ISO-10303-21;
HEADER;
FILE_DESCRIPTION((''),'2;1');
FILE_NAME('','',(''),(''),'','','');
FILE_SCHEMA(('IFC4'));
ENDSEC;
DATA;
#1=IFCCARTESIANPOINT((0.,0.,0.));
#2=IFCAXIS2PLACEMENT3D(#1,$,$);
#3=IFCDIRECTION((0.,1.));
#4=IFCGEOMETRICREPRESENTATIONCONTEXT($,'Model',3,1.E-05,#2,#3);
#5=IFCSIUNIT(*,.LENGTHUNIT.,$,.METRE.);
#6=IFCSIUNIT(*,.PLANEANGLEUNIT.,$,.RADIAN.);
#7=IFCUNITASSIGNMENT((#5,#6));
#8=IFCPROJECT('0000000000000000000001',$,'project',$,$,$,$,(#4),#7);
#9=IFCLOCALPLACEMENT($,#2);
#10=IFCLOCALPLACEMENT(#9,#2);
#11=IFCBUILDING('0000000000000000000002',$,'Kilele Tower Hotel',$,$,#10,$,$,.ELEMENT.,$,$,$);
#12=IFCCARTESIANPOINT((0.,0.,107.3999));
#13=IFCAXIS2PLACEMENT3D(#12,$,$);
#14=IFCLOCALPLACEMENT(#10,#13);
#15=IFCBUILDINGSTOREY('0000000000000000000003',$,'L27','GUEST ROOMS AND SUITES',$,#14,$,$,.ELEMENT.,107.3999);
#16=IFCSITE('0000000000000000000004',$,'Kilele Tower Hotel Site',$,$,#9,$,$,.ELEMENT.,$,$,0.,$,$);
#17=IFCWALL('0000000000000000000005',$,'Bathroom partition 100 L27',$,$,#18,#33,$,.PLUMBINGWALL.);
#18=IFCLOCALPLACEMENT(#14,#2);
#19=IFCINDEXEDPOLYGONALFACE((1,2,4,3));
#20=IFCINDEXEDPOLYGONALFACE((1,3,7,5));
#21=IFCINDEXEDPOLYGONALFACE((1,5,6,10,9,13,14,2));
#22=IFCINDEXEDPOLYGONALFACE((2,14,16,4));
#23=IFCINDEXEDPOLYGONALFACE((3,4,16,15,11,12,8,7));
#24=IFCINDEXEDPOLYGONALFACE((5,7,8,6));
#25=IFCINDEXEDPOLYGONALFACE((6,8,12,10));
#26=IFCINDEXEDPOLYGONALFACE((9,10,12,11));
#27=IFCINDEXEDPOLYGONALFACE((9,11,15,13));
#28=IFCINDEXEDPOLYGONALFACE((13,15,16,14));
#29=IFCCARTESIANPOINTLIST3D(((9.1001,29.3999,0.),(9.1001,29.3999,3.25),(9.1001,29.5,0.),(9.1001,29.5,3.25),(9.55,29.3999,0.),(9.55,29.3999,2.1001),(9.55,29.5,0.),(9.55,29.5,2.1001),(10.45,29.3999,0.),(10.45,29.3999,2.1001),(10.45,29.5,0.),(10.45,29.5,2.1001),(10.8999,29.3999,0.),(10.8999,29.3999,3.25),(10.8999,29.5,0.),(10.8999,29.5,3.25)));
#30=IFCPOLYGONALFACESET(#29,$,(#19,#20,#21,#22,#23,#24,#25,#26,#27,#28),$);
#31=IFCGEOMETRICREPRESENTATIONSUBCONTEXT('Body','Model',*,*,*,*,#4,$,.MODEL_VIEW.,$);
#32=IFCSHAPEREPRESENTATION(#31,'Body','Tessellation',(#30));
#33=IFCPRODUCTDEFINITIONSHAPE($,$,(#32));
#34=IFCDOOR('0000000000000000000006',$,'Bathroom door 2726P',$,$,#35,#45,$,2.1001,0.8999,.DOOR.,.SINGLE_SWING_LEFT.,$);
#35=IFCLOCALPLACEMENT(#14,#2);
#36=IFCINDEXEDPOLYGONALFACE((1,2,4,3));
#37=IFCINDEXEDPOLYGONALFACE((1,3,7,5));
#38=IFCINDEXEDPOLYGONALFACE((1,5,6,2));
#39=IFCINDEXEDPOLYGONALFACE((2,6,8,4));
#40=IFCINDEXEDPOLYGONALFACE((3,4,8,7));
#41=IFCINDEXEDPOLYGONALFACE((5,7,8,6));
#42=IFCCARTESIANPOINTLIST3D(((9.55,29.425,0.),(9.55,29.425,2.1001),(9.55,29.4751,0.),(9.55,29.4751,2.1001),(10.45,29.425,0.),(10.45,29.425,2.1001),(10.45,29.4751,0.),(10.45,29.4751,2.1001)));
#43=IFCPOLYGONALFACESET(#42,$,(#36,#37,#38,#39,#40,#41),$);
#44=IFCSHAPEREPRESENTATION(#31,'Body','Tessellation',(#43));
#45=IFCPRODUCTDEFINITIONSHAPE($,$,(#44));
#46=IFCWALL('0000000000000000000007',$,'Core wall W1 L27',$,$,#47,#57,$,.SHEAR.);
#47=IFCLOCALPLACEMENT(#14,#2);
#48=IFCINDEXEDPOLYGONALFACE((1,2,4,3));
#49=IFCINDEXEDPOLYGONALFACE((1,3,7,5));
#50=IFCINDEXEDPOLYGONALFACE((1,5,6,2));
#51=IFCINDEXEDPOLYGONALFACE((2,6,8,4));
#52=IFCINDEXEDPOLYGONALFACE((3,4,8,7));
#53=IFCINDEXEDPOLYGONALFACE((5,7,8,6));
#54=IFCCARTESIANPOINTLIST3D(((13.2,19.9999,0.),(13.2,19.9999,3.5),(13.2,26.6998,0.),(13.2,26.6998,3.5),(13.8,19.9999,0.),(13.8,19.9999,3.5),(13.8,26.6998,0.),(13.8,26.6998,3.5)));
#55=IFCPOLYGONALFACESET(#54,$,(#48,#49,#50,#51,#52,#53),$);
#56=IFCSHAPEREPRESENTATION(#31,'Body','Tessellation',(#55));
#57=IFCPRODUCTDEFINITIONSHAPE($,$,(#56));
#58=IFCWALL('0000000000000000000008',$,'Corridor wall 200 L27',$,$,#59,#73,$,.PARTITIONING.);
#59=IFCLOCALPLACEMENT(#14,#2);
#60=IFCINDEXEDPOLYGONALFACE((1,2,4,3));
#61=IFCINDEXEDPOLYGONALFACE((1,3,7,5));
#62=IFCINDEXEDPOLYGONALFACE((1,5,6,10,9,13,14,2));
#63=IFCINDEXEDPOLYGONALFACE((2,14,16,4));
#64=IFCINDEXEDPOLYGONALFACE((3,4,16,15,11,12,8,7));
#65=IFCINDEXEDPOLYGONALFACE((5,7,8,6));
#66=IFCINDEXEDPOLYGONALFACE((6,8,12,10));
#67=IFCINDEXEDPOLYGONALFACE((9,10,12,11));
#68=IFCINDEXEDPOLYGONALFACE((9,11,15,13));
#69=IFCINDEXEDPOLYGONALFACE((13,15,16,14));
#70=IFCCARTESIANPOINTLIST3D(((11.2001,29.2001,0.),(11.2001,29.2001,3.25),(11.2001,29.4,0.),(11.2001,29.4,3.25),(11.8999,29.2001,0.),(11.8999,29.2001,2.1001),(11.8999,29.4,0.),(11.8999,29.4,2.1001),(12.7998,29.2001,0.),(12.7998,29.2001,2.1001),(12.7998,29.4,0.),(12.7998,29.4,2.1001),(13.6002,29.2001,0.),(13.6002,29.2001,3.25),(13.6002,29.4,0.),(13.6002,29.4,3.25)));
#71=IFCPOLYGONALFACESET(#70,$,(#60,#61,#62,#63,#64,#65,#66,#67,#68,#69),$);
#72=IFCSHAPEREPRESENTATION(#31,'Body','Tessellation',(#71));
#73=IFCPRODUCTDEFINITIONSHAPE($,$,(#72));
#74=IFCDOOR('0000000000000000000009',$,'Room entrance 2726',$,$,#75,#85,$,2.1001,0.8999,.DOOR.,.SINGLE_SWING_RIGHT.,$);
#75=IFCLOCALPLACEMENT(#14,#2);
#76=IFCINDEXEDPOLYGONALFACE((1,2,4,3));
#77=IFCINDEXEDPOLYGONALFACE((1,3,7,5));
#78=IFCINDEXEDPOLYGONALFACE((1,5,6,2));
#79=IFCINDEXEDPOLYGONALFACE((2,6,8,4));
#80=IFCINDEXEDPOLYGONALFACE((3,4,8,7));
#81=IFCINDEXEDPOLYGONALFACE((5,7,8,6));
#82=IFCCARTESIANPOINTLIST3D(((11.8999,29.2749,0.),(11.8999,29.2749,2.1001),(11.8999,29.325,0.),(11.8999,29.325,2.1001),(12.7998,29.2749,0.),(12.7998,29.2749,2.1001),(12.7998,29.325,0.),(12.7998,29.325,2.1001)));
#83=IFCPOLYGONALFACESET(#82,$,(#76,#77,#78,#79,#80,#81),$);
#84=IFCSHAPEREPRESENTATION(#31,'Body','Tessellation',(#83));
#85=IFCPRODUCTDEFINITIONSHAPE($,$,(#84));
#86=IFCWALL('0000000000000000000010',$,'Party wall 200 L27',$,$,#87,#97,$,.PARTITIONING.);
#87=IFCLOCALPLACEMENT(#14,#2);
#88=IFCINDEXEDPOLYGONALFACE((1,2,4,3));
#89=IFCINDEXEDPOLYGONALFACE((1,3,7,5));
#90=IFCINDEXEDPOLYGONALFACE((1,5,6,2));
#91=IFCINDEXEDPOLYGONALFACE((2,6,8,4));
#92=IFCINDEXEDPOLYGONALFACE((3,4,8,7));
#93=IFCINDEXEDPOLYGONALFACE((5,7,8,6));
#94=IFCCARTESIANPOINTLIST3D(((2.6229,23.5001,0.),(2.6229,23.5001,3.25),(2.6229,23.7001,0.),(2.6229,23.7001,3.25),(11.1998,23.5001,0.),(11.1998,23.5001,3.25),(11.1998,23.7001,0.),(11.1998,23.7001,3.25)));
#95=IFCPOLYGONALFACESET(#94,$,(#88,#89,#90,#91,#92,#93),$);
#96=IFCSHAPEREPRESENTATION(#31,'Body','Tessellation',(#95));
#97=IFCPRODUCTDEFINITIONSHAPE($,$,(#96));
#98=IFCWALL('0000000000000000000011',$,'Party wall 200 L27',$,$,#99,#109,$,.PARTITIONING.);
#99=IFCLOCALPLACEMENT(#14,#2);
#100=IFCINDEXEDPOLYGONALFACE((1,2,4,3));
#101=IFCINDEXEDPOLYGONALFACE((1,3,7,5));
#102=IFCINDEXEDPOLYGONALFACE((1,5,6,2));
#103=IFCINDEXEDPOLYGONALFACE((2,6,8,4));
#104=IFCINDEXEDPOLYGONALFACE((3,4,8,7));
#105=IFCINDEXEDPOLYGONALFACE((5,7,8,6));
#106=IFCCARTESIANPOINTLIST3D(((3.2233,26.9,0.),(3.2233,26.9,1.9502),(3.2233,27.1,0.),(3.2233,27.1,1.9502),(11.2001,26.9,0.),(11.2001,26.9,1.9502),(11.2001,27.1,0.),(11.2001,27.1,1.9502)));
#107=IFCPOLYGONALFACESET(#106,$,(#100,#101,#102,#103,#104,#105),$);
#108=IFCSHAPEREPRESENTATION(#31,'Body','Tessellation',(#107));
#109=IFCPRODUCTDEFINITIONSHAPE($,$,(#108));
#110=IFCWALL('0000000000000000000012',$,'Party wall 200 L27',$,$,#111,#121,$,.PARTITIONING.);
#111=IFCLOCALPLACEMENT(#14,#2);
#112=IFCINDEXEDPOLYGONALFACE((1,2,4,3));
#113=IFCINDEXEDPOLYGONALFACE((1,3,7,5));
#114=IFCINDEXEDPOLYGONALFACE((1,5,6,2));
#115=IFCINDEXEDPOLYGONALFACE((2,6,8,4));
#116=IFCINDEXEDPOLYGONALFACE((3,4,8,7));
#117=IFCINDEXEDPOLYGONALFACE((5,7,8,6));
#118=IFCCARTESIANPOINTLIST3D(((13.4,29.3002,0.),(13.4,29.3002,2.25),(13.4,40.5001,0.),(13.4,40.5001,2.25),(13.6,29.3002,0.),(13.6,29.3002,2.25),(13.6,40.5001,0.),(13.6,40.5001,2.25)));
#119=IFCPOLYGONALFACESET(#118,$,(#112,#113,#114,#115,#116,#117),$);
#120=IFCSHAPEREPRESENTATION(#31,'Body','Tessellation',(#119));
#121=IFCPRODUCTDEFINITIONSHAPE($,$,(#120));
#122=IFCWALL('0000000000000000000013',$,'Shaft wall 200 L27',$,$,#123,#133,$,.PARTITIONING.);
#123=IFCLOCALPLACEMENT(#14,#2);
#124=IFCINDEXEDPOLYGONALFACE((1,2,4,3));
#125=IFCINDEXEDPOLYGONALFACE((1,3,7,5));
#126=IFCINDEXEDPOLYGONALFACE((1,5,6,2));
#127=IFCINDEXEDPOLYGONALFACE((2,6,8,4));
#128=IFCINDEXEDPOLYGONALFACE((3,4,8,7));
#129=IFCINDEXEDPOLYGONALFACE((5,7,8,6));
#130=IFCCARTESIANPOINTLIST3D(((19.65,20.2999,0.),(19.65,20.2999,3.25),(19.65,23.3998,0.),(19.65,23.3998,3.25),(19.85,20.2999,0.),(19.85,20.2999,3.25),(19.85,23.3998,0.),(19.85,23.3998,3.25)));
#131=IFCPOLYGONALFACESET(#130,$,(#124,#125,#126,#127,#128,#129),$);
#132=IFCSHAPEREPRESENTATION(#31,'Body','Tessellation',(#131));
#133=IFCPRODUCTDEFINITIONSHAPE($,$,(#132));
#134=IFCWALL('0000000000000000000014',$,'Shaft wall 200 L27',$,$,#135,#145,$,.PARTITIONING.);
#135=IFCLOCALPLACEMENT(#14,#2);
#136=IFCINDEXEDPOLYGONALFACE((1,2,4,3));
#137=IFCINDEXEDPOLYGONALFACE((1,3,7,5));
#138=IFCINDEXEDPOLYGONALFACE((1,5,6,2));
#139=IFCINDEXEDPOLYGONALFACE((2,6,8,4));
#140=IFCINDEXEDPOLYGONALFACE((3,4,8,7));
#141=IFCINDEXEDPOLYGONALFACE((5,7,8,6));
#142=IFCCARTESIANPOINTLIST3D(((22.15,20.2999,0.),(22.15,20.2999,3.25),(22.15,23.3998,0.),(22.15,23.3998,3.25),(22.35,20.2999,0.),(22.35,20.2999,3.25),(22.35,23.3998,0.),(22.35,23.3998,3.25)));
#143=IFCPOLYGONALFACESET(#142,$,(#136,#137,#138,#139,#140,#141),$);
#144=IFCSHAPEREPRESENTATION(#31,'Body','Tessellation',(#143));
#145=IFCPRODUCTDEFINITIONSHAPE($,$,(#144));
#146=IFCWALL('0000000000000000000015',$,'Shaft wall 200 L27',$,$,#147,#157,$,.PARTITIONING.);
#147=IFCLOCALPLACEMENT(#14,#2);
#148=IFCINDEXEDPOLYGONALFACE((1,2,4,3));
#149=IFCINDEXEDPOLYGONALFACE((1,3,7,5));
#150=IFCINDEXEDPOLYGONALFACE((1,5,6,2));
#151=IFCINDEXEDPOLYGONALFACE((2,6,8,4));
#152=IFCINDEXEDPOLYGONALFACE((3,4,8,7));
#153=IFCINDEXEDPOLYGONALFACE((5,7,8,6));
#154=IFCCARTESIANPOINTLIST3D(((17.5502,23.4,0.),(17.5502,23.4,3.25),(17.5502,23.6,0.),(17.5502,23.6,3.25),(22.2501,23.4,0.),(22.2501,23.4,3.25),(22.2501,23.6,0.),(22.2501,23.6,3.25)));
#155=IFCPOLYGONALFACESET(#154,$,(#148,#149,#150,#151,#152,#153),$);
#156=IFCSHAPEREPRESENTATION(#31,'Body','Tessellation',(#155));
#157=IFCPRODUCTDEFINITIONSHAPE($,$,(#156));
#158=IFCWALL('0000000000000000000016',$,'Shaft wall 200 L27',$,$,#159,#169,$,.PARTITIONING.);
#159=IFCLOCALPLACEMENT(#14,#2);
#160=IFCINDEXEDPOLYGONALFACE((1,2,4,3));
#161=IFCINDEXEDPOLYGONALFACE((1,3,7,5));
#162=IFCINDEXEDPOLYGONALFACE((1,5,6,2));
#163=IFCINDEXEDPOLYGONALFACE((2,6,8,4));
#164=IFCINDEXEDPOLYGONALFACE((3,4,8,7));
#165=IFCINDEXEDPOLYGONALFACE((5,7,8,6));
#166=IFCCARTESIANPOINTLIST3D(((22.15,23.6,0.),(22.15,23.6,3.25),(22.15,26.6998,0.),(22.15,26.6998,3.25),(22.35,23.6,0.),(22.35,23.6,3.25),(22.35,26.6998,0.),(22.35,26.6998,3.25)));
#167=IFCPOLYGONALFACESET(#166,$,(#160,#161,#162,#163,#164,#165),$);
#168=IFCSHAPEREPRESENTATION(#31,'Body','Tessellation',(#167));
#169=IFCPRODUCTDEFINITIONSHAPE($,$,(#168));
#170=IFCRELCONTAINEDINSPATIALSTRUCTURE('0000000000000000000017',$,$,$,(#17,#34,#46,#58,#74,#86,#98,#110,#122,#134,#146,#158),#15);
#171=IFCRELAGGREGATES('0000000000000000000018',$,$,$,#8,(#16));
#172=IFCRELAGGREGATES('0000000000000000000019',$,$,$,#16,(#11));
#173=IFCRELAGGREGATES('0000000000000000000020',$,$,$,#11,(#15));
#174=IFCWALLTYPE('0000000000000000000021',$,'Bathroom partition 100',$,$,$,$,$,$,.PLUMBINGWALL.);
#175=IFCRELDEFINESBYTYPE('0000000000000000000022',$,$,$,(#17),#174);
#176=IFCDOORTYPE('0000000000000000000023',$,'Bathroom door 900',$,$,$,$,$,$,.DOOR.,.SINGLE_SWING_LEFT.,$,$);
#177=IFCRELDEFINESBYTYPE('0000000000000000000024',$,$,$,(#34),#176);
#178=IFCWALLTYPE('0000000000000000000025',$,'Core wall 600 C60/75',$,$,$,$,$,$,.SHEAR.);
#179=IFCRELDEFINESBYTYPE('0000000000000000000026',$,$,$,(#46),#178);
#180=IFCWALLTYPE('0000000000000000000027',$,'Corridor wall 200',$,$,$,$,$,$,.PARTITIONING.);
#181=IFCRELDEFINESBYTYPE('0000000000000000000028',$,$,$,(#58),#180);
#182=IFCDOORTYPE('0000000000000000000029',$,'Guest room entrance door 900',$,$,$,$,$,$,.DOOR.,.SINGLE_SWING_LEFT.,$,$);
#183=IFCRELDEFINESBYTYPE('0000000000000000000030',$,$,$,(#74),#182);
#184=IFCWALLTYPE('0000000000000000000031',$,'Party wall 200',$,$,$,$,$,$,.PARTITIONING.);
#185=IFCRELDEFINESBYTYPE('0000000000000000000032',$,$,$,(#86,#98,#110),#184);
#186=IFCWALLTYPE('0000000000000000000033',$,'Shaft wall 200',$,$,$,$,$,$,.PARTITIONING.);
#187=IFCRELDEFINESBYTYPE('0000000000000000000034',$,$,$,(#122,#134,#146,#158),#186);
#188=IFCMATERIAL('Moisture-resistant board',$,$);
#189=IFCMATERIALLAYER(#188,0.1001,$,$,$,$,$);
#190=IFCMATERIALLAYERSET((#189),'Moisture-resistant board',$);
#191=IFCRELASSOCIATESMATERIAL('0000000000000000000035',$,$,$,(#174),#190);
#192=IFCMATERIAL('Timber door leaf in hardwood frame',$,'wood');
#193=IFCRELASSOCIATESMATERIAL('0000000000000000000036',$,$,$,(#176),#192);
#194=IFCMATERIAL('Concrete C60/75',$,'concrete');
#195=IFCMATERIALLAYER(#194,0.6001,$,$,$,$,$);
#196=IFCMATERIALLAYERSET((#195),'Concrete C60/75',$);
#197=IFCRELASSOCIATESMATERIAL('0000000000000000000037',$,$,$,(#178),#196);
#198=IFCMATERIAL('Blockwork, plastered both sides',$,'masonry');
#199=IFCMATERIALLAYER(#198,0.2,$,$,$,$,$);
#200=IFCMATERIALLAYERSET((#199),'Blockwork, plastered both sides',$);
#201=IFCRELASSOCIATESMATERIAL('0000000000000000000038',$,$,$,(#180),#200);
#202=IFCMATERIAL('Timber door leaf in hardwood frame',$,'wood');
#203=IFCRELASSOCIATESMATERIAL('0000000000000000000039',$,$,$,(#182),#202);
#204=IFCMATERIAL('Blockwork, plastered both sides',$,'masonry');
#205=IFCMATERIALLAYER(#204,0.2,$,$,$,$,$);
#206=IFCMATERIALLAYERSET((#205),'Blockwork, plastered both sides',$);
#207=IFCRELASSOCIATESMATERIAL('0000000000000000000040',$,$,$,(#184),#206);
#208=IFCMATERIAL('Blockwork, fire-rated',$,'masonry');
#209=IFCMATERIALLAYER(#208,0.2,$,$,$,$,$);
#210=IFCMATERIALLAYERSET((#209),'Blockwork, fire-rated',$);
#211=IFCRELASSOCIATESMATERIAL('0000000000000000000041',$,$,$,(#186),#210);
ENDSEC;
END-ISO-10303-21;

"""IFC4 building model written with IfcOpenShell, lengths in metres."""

from ifc_helpers import new_model, si_unit, direction, frame, frame_2d, origin, place, context, subcontext, project, spatial, rectangle, extrude, material, layer, layer_set, type_object, element, fill, save


model = new_model("IFC4")

# Units and contexts
model_context = context("Model", 3, precision=1e-05, world=origin(), true_north=direction((0.0, 1.0)))
body_context = subcontext(model_context, "Body", "Model", "MODEL_VIEW")
ifc_project = project(units=[si_unit("LENGTHUNIT", "METRE"), si_unit("PLANEANGLEUNIT", "RADIAN")], contexts=[model_context])

# Site, building, storey
site_placement = place(None, origin())
site = spatial("IfcSite", under=ifc_project, at=site_placement, Name="Kilele Tower Hotel Site", CompositionType="ELEMENT", RefElevation=0.0)
building_placement = place(site_placement, origin())
building = spatial("IfcBuilding", under=site, at=building_placement, Name="Kilele Tower Hotel", CompositionType="ELEMENT")
storey_placement = place(building_placement, frame((0.0, 0.0, 107.3999)))
storey = spatial("IfcBuildingStorey", under=building, at=storey_placement, Name="L27", Description="GUEST ROOMS AND SUITES", CompositionType="ELEMENT", Elevation=107.3999)

# Shared definitions
ifc_material_1 = material(Name="Moisture-resistant board")
ifc_layer_1 = layer(ifc_material_1, 0.1001)
ifc_layer_set_1 = layer_set([ifc_layer_1], Name="Moisture-resistant board")
wall_type_1 = type_object("IfcWallType", Name="Bathroom partition 100", PredefinedType="PLUMBINGWALL", material=ifc_layer_set_1)

# Shared definitions
ifc_material_2 = material(Name="Timber door leaf in hardwood frame", Category="wood")
door_type_1 = type_object("IfcDoorType", Name="Bathroom door 900", OperationType="SINGLE_SWING_LEFT", PredefinedType="DOOR", material=ifc_material_2)

# Wall, opening, door
wall_1_placement = place(storey_placement, frame((10.8999, 29.45, 0.0), z_axis=(0.0, 0.0, 1.0), x_axis=(-1.0, 0.0, 0.0)))
wall_1 = element("IfcWall", 1, at=wall_1_placement, inside=storey, type_object=wall_type_1, Name="Bathroom partition 100 L27", PredefinedType="PLUMBINGWALL", context=body_context, shape_type="SweptSolid", body=[
    extrude(rectangle(XDim=1.7998, YDim=0.1001, at=frame_2d((0.8999, 0.0))), origin(), (0.0, 0.0, 1.0), 3.25),
])
opening_1_placement = place(wall_1_placement, frame((0.45, 0.0, 0.0)))
opening_1 = element("IfcOpeningElement", 2, at=opening_1_placement, cuts=wall_1, PredefinedType="OPENING", context=body_context, shape_type="SweptSolid", body=[
    extrude(rectangle(XDim=0.8999, YDim=2.1001, at=frame_2d((0.45, 1.05))), frame((0.0, 0.0601, 0.0), z_axis=(0.0, -1.0, 0.0), x_axis=(1.0, 0.0, 0.0)), (0.0, 0.0, 1.0), 0.1201),
])
door_1_placement = place(opening_1_placement, origin())
door_1 = element("IfcDoor", 3, at=door_1_placement, inside=storey, type_object=door_type_1, Name="Bathroom door 2726P", OperationType="SINGLE_SWING_LEFT", OverallHeight=2.1001, OverallWidth=0.8999, PredefinedType="DOOR", context=body_context, shape_type="SweptSolid", body=[
    extrude(rectangle(XDim=0.8999, YDim=2.1001, at=frame_2d((0.45, 1.05))), frame((0.0, 0.0249, 0.0), z_axis=(0.0, -1.0, 0.0), x_axis=(1.0, 0.0, 0.0)), (0.0, 0.0, 1.0), 0.05),
])
fill(opening_1, door_1)

# Wall
ifc_material_3 = material(Name="Concrete C60/75", Category="concrete")
ifc_layer_2 = layer(ifc_material_3, 0.6001)
ifc_layer_set_2 = layer_set([ifc_layer_2], Name="Concrete C60/75")
wall_type_2 = type_object("IfcWallType", Name="Core wall 600 C60/75", PredefinedType="SHEAR", material=ifc_layer_set_2)
wall_2_placement = place(storey_placement, frame((13.5, 26.7, 0.0), z_axis=(0.0, 0.0, 1.0), x_axis=(0.0, -1.0, 0.0)))
element("IfcWall", 4, at=wall_2_placement, inside=storey, type_object=wall_type_2, Name="Core wall W1 L27", PredefinedType="SHEAR", context=body_context, shape_type="SweptSolid", body=[
    extrude(rectangle(XDim=6.7, YDim=0.6001, at=frame_2d((3.3501, 0.0))), origin(), (0.0, 0.0, 1.0), 3.5),
])

# Wall, opening, door
ifc_material_4 = material(Name="Blockwork, plastered both sides", Category="masonry")
ifc_layer_3 = layer(ifc_material_4, 0.2)
ifc_layer_set_3 = layer_set([ifc_layer_3], Name="Blockwork, plastered both sides")
wall_type_3 = type_object("IfcWallType", Name="Corridor wall 200", PredefinedType="PARTITIONING", material=ifc_layer_set_3)
wall_3_placement = place(storey_placement, frame((11.2, 29.3, 0.0), z_axis=(0.0, 0.0, 1.0), x_axis=(1.0, 0.0, 0.0)))
wall_3 = element("IfcWall", 5, at=wall_3_placement, inside=storey, type_object=wall_type_3, Name="Corridor wall 200 L27", PredefinedType="PARTITIONING", context=body_context, shape_type="SweptSolid", body=[
    extrude(rectangle(XDim=2.4001, YDim=0.2, at=frame_2d((1.2002, 0.0))), origin(), (0.0, 0.0, 1.0), 3.25),
])
opening_2_placement = place(wall_3_placement, frame((0.7, 0.0, 0.0)))
opening_2 = element("IfcOpeningElement", 6, at=opening_2_placement, cuts=wall_3, PredefinedType="OPENING", context=body_context, shape_type="SweptSolid", body=[
    extrude(rectangle(XDim=0.8999, YDim=2.1001, at=frame_2d((0.45, 1.05))), frame((0.0, 0.1099, 0.0), z_axis=(0.0, -1.0, 0.0), x_axis=(1.0, 0.0, 0.0)), (0.0, 0.0, 1.0), 0.22),
])
ifc_material_5 = material(Name="Timber door leaf in hardwood frame", Category="wood")
door_type_2 = type_object("IfcDoorType", Name="Guest room entrance door 900", OperationType="SINGLE_SWING_LEFT", PredefinedType="DOOR", material=ifc_material_5)
door_2_placement = place(opening_2_placement, origin())
door_2 = element("IfcDoor", 7, at=door_2_placement, inside=storey, type_object=door_type_2, Name="Room entrance 2726", OperationType="SINGLE_SWING_RIGHT", OverallHeight=2.1001, OverallWidth=0.8999, PredefinedType="DOOR", context=body_context, shape_type="SweptSolid", body=[
    extrude(rectangle(XDim=0.8999, YDim=2.1001, at=frame_2d((0.45, 1.05))), frame((0.0, 0.0249, 0.0), z_axis=(0.0, -1.0, 0.0), x_axis=(1.0, 0.0, 0.0)), (0.0, 0.0, 1.0), 0.05),
])
fill(opening_2, door_2)

# Walls
ifc_material_6 = material(Name="Blockwork, plastered both sides", Category="masonry")
ifc_layer_4 = layer(ifc_material_6, 0.2)
ifc_layer_set_4 = layer_set([ifc_layer_4], Name="Blockwork, plastered both sides")
wall_type_4 = type_object("IfcWallType", Name="Party wall 200", PredefinedType="PARTITIONING", material=ifc_layer_set_4)
wall_4_placement = place(storey_placement, frame((11.2, 23.6001, 0.0), z_axis=(0.0, 0.0, 1.0), x_axis=(-1.0, 0.0, 0.0)))
element("IfcWall", 8, at=wall_4_placement, inside=storey, type_object=wall_type_4, Name="Party wall 200 L27", PredefinedType="PARTITIONING", context=body_context, shape_type="SweptSolid", body=[
    extrude(rectangle(XDim=8.5769, YDim=0.2, at=frame_2d((4.2886, 0.0))), origin(), (0.0, 0.0, 1.0), 3.25),
])
wall_5_placement = place(storey_placement, frame((11.2, 27.0, 0.0), z_axis=(0.0, 0.0, 1.0), x_axis=(-1.0, 0.0, 0.0)))
element("IfcWall", 9, at=wall_5_placement, inside=storey, type_object=wall_type_4, Name="Party wall 200 L27", PredefinedType="PARTITIONING", context=body_context, shape_type="SweptSolid", body=[
    extrude(rectangle(XDim=7.9768, YDim=0.2, at=frame_2d((3.9883, 0.0))), origin(), (0.0, 0.0, 1.0), 1.9502),
])
wall_6_placement = place(storey_placement, frame((13.5, 29.3, 0.0), z_axis=(0.0, 0.0, 1.0), x_axis=(0.0, 1.0, 0.0)))
element("IfcWall", 10, at=wall_6_placement, inside=storey, type_object=wall_type_4, Name="Party wall 200 L27", PredefinedType="PARTITIONING", context=body_context, shape_type="SweptSolid", body=[
    extrude(rectangle(XDim=11.2, YDim=0.2, at=frame_2d((5.6001, 0.0))), origin(), (0.0, 0.0, 1.0), 2.25),
])
ifc_material_7 = material(Name="Blockwork, fire-rated", Category="masonry")
ifc_layer_5 = layer(ifc_material_7, 0.2)
ifc_layer_set_5 = layer_set([ifc_layer_5], Name="Blockwork, fire-rated")
wall_type_5 = type_object("IfcWallType", Name="Shaft wall 200", PredefinedType="PARTITIONING", material=ifc_layer_set_5)
for number, where, z_axis, x_axis, name in (
    (11, (19.75, 20.3, 0.0), (0.0, 0.0, 1.0), (0.0, 1.0, 0.0), "Shaft wall 200 L27"),
    (12, (22.25, 20.3, 0.0), (0.0, 0.0, 1.0), (0.0, 1.0, 0.0), "Shaft wall 200 L27"),
):
    element("IfcWall", number, at=place(storey_placement, frame(where, z_axis=z_axis, x_axis=x_axis)), inside=storey, type_object=wall_type_5, Name=name, PredefinedType="PARTITIONING", context=body_context, shape_type="SweptSolid", body=[
        extrude(rectangle(XDim=3.0999, YDim=0.2, at=frame_2d((1.5498, 0.0))), origin(), (0.0, 0.0, 1.0), 3.25),
    ])
wall_7_placement = place(storey_placement, frame((17.55, 23.5, 0.0), z_axis=(0.0, 0.0, 1.0), x_axis=(1.0, 0.0, 0.0)))
element("IfcWall", 13, at=wall_7_placement, inside=storey, type_object=wall_type_5, Name="Shaft wall 200 L27", PredefinedType="PARTITIONING", context=body_context, shape_type="SweptSolid", body=[
    extrude(rectangle(XDim=4.7, YDim=0.2, at=frame_2d((2.3501, 0.0))), origin(), (0.0, 0.0, 1.0), 3.25),
])
wall_8_placement = place(storey_placement, frame((22.25, 23.6001, 0.0), z_axis=(0.0, 0.0, 1.0), x_axis=(0.0, 1.0, 0.0)))
element("IfcWall", 14, at=wall_8_placement, inside=storey, type_object=wall_type_5, Name="Shaft wall 200 L27", PredefinedType="PARTITIONING", context=body_context, shape_type="SweptSolid", body=[
    extrude(rectangle(XDim=3.0999, YDim=0.2, at=frame_2d((1.5498, 0.0))), origin(), (0.0, 0.0, 1.0), 3.25),
])

save(model, "model.ifc")
